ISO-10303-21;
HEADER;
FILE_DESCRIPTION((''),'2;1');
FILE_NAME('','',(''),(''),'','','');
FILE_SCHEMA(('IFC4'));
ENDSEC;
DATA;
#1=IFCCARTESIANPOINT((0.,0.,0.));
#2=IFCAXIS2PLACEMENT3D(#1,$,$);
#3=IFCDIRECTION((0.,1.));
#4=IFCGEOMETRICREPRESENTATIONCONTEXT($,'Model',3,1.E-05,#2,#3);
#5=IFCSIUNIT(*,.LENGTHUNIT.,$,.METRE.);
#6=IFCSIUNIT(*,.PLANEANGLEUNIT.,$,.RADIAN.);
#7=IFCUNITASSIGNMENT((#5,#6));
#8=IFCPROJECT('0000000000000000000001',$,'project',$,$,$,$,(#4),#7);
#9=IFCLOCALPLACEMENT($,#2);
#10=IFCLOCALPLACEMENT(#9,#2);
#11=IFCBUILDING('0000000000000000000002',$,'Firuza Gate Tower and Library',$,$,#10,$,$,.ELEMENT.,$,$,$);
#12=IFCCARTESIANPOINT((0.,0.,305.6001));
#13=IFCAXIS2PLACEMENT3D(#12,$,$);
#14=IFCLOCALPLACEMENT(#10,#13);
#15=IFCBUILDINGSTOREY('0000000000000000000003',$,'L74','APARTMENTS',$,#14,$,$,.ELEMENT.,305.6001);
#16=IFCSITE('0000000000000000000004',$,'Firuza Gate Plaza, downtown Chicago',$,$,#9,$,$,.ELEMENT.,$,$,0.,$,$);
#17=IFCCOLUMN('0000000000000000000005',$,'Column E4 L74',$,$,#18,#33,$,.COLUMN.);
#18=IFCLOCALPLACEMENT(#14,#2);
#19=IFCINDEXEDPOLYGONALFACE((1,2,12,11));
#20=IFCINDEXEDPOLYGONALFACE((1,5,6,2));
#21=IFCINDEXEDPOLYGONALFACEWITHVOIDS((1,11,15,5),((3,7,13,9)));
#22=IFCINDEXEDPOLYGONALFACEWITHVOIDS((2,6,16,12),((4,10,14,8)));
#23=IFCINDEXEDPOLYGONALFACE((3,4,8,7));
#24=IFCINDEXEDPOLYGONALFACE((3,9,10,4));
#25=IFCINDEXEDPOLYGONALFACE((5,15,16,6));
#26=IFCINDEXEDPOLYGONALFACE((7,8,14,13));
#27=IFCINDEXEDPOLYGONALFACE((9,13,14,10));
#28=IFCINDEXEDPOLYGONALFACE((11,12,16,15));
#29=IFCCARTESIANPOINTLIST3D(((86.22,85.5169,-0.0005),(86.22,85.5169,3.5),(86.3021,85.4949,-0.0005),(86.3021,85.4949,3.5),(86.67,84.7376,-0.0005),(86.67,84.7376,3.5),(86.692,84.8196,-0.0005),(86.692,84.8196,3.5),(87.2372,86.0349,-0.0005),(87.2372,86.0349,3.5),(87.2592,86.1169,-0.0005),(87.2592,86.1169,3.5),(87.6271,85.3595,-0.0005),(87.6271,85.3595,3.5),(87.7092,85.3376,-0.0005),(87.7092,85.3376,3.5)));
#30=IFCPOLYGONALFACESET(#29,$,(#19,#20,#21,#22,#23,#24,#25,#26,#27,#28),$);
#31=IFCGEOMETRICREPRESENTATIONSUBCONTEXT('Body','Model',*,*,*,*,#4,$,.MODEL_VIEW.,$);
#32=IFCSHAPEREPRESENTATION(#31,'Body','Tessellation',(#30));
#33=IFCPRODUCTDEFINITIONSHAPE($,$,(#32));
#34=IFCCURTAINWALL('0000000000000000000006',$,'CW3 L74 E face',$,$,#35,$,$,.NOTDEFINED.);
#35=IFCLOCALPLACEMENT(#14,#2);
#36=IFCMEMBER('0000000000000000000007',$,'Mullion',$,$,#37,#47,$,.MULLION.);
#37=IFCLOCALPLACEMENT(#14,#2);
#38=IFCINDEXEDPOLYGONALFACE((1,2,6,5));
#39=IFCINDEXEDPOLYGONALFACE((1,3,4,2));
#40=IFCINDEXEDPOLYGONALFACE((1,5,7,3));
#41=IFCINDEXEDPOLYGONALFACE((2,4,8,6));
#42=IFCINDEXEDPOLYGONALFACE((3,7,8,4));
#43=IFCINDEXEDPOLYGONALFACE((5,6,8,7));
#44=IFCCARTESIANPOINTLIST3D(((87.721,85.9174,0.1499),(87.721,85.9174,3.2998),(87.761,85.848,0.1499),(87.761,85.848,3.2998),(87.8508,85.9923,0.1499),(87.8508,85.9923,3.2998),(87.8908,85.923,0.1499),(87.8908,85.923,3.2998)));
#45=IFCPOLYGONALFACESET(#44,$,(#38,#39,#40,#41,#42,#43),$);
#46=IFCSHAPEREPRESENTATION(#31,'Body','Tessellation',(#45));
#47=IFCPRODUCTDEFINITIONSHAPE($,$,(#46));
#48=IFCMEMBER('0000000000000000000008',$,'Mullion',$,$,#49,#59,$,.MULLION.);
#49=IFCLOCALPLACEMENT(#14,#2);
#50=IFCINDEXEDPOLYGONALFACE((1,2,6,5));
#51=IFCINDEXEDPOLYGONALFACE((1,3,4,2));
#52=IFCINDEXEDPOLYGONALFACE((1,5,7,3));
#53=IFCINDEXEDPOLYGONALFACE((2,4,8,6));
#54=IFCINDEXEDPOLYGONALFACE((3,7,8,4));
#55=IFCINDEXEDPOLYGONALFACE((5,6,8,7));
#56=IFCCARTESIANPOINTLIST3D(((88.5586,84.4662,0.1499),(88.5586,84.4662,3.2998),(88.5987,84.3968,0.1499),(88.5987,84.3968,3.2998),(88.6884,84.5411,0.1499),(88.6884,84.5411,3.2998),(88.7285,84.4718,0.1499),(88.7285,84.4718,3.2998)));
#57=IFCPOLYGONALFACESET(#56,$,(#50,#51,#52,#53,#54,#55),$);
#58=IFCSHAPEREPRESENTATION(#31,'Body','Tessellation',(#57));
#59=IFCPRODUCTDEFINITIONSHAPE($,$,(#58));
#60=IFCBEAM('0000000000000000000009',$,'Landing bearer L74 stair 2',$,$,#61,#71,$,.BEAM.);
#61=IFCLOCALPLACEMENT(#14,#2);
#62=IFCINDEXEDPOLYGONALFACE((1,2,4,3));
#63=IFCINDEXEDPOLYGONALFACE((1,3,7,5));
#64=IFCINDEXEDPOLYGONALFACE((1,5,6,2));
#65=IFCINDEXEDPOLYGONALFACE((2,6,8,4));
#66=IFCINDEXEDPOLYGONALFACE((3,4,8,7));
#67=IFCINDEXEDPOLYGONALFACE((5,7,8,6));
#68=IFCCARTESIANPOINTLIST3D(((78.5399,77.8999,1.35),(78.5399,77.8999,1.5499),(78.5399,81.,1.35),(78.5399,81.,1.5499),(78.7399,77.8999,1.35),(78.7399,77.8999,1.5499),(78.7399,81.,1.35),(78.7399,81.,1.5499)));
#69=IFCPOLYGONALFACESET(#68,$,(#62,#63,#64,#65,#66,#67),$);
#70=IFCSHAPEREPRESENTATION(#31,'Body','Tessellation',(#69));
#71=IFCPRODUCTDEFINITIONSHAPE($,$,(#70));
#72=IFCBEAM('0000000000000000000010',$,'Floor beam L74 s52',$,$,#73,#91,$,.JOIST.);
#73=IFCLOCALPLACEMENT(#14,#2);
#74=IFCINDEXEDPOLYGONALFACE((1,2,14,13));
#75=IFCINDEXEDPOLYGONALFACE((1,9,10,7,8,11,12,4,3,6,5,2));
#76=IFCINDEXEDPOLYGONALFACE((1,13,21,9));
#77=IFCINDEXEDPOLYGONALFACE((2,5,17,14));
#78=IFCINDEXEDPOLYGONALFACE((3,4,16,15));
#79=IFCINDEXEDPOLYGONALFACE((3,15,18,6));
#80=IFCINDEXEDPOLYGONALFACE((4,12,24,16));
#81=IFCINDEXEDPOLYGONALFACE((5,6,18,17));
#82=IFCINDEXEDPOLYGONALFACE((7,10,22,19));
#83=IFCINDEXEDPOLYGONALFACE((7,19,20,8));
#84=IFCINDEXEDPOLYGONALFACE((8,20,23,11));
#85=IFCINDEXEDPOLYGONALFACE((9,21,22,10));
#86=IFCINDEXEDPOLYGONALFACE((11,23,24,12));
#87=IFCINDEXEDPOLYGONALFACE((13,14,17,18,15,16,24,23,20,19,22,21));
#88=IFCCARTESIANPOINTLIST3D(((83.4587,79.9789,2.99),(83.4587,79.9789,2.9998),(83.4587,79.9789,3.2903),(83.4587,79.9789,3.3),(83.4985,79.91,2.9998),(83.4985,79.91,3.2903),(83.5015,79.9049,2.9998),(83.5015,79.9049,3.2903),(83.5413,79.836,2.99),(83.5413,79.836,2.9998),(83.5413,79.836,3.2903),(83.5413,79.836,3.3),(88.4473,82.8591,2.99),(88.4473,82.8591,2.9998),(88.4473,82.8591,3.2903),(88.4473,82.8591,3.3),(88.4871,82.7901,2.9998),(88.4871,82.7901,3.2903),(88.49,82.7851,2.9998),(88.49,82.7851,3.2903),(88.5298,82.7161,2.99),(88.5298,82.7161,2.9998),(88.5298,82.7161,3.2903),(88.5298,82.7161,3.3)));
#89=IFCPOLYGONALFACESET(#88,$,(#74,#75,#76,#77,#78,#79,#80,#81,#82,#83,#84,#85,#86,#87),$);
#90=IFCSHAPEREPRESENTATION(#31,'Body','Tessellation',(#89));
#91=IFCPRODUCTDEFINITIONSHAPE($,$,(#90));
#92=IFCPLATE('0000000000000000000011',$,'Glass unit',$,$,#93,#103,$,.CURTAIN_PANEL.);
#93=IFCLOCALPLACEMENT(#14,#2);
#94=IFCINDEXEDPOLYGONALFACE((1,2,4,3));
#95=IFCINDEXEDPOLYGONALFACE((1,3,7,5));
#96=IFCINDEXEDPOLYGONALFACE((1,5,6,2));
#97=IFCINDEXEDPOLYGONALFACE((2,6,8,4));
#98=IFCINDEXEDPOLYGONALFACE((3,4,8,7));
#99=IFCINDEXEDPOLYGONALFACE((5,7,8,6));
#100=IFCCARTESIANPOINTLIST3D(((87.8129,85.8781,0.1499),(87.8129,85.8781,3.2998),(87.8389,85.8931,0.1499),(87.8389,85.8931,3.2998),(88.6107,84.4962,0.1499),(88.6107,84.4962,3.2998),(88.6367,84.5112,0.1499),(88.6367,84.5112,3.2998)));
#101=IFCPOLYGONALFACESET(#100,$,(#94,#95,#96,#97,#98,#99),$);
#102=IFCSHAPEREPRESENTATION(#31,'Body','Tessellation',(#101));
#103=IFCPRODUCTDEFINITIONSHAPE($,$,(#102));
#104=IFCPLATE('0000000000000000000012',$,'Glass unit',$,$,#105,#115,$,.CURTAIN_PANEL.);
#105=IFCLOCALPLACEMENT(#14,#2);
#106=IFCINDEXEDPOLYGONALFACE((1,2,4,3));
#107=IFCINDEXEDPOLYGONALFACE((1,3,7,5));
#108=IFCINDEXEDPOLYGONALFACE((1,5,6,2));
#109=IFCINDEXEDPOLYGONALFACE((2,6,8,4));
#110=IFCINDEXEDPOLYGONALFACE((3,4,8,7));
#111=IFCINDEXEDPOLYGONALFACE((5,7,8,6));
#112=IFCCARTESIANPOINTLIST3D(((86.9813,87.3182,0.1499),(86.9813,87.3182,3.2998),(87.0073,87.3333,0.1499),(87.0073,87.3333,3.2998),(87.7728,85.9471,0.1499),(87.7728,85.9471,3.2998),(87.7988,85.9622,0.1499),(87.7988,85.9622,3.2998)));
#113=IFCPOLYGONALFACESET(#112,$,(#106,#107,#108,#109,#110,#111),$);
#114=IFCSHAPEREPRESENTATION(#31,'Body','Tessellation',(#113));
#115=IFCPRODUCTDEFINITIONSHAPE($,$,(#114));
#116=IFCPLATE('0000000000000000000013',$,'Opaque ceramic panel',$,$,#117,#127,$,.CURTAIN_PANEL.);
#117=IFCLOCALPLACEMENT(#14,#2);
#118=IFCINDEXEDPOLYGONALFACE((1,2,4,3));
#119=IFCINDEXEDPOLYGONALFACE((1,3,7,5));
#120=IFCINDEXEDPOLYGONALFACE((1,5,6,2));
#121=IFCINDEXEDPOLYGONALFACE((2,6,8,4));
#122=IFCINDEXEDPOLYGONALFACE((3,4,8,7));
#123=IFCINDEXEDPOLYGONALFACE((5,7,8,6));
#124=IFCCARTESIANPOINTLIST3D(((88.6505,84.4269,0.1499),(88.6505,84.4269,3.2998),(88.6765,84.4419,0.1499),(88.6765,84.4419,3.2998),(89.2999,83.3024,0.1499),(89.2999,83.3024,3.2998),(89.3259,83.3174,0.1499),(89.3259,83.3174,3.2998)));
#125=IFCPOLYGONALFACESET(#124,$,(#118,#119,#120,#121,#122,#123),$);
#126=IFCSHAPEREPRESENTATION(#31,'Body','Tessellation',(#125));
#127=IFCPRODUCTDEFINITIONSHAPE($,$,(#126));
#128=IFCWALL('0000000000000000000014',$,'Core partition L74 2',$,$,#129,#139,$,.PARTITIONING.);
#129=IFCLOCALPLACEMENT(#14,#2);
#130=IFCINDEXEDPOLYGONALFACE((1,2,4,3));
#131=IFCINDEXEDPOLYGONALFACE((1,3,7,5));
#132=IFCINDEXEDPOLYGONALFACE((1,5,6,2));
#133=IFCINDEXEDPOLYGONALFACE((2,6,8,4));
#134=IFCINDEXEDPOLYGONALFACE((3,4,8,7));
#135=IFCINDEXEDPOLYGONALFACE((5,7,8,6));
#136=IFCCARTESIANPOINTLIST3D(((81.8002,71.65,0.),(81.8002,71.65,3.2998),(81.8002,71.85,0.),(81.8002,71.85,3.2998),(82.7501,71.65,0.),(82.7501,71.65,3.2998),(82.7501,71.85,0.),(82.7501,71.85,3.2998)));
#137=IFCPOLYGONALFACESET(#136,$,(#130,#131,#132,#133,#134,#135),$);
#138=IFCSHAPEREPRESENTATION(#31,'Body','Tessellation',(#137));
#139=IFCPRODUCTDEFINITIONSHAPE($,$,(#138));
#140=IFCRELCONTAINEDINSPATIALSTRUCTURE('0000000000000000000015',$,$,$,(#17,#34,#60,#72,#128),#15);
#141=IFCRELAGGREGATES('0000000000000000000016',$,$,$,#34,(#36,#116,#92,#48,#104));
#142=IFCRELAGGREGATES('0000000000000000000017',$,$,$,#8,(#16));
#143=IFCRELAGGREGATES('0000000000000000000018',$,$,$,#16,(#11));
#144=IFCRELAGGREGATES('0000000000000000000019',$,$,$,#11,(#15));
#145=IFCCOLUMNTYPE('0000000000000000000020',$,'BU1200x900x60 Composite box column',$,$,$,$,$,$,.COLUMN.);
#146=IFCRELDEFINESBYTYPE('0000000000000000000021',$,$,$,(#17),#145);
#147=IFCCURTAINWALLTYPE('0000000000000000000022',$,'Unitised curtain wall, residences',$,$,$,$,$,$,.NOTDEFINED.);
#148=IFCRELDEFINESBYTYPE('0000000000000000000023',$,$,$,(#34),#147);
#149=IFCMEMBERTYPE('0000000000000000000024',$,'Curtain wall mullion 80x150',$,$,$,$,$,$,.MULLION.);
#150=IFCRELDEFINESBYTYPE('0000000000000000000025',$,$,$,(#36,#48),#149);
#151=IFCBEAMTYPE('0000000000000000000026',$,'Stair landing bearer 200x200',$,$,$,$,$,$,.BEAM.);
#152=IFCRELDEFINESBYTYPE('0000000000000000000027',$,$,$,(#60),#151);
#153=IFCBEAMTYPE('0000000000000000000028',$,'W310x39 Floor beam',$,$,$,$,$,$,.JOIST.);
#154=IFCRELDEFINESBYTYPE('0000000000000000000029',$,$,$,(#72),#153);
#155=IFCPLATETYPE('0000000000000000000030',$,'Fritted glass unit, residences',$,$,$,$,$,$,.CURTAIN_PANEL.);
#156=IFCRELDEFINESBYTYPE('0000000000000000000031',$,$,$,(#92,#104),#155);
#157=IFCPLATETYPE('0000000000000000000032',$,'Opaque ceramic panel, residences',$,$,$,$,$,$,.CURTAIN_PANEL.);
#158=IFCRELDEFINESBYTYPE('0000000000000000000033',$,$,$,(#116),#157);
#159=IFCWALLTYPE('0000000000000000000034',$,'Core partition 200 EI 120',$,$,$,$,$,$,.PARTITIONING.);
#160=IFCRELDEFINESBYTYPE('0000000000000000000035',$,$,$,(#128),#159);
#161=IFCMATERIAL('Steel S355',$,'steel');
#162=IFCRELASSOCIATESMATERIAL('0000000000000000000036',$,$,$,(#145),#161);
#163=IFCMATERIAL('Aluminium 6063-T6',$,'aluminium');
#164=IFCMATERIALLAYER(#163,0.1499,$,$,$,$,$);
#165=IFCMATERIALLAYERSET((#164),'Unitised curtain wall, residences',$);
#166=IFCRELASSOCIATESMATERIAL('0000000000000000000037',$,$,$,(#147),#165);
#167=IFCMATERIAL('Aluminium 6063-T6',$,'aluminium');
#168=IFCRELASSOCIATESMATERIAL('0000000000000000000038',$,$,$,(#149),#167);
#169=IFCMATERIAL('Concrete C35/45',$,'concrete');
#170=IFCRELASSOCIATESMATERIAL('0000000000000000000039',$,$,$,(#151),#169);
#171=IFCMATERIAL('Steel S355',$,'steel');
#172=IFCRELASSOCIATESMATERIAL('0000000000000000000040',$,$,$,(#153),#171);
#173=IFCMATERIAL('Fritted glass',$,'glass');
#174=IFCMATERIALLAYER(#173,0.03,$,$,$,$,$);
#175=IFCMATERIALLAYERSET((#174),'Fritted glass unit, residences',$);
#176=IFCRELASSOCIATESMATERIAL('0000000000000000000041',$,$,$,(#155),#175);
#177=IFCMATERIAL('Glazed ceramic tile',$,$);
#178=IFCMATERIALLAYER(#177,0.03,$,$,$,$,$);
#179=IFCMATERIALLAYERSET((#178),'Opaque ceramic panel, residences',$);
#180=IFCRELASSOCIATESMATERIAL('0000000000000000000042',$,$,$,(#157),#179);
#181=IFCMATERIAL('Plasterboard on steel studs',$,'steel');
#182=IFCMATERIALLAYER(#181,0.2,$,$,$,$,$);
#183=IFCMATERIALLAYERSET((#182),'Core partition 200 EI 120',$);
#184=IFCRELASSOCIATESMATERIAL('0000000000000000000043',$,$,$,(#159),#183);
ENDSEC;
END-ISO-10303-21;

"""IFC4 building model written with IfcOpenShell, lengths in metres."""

from ifc_helpers import new_model, si_unit, direction, frame, frame_2d, origin, origin_2d, place, context, subcontext, project, spatial, polyline, rectangle, hollow_rectangle, i_section, outline, extrude, material, layer, layer_set, material_profile, profile_set, type_object, element, aggregate, save


model = new_model("IFC4")

# Units and contexts
model_context = context("Model", 3, precision=1e-05, world=origin(), true_north=direction((0.0, 1.0)))
body_context = subcontext(model_context, "Body", "Model", "MODEL_VIEW")
ifc_project = project(units=[si_unit("LENGTHUNIT", "METRE"), si_unit("PLANEANGLEUNIT", "RADIAN")], contexts=[model_context])

# Site, building, storey
site_placement = place(None, origin())
site = spatial("IfcSite", under=ifc_project, at=site_placement, Name="Firuza Gate Plaza, downtown Chicago", CompositionType="ELEMENT", RefElevation=0.0)
building_placement = place(site_placement, origin())
building = spatial("IfcBuilding", under=site, at=building_placement, Name="Firuza Gate Tower and Library", CompositionType="ELEMENT")
storey_placement = place(building_placement, frame((0.0, 0.0, 305.6001)))
storey = spatial("IfcBuildingStorey", under=building, at=storey_placement, Name="L74", Description="APARTMENTS", CompositionType="ELEMENT", Elevation=305.6001)

# Column
ifc_material_1 = material(Name="Steel S355", Category="steel")
ifc_material_profile_1 = material_profile(ifc_material_1, hollow_rectangle(XDim=0.8999, YDim=1.2, WallThickness=0.0601, at=origin_2d()))
ifc_profile_set_1 = profile_set([ifc_material_profile_1], Name="Steel S355")
column_type = type_object("IfcColumnType", Name="BU1200x900x60 Composite box column", PredefinedType="COLUMN", material=ifc_profile_set_1)
column_placement = place(storey_placement, frame((86.9646, 85.4272, -0.0005), z_axis=(0.0, 0.0, 1.0), x_axis=(-0.5, 0.866025, 0.0)))
element("IfcColumn", 1, at=column_placement, inside=storey, type_object=column_type, Name="Column E4 L74", PredefinedType="COLUMN", context=body_context, shape_type="SweptSolid", body=[
    extrude(hollow_rectangle(XDim=0.8999, YDim=1.2, WallThickness=0.0601, at=origin_2d()), origin(), (0.0, 0.0, 1.0), 3.5005),
])

# Curtain wall, members
ifc_material_2 = material(Name="Aluminium 6063-T6", Category="aluminium")
ifc_layer_1 = layer(ifc_material_2, 0.1499)
ifc_layer_set_1 = layer_set([ifc_layer_1], Name="Unitised curtain wall, residences")
curtain_wall_type = type_object("IfcCurtainWallType", Name="Unitised curtain wall, residences", PredefinedType="NOTDEFINED", material=ifc_layer_set_1)
placement = place(storey_placement, origin())
curtain_wall = element("IfcCurtainWall", 2, at=placement, inside=storey, type_object=curtain_wall_type, Name="CW3 L74 E face", PredefinedType="NOTDEFINED")
ifc_material_3 = material(Name="Aluminium 6063-T6", Category="aluminium")
ifc_material_profile_2 = material_profile(ifc_material_3, rectangle(XDim=0.1499, YDim=0.0801, at=origin_2d()))
ifc_profile_set_2 = profile_set([ifc_material_profile_2], Name="Aluminium 6063-T6")
member_type = type_object("IfcMemberType", Name="Curtain wall mullion 80x150", PredefinedType="MULLION", material=ifc_profile_set_2)
member_1_placement = place(storey_placement, frame((87.8059, 85.9202, 0.1499), z_axis=(0.0, 0.0, 1.0), x_axis=(-0.866025, -0.5, 0.0)))
member_1 = element("IfcMember", 3, at=member_1_placement, type_object=member_type, Name="Mullion", PredefinedType="MULLION", context=body_context, shape_type="SweptSolid", body=[
    extrude(rectangle(XDim=0.1499, YDim=0.0801, at=origin_2d()), origin(), (0.0, 0.0, 1.0), 3.1499),
])
member_2_placement = place(storey_placement, frame((88.6436, 84.469, 0.1499), z_axis=(0.0, 0.0, 1.0), x_axis=(-0.866025, -0.5, 0.0)))
member_2 = element("IfcMember", 4, at=member_2_placement, type_object=member_type, Name="Mullion", PredefinedType="MULLION", context=body_context, shape_type="SweptSolid", body=[
    extrude(rectangle(XDim=0.1499, YDim=0.0801, at=origin_2d()), origin(), (0.0, 0.0, 1.0), 3.1499),
])

# Beams
ifc_material_4 = material(Name="Concrete C35/45", Category="concrete")
ifc_material_profile_3 = material_profile(ifc_material_4, rectangle(XDim=0.2, YDim=0.2, at=origin_2d()))
ifc_profile_set_3 = profile_set([ifc_material_profile_3], Name="Concrete C35/45")
beam_type_1 = type_object("IfcBeamType", Name="Stair landing bearer 200x200", PredefinedType="BEAM", material=ifc_profile_set_3)
beam_1_placement = place(storey_placement, frame((78.6399, 81.0, 1.45), z_axis=(0.0, -1.0, 0.0), x_axis=(1.0, 0.0, 0.0)))
element("IfcBeam", 5, at=beam_1_placement, inside=storey, type_object=beam_type_1, Name="Landing bearer L74 stair 2", PredefinedType="BEAM", context=body_context, shape_type="SweptSolid", body=[
    extrude(rectangle(XDim=0.2, YDim=0.2, at=origin_2d()), origin(), (0.0, 0.0, 1.0), 3.1001),
])
ifc_material_5 = material(Name="Steel S355", Category="steel")
ifc_material_profile_4 = material_profile(ifc_material_5, i_section(OverallWidth=0.165, OverallDepth=0.3101, WebThickness=0.0059, FlangeThickness=0.0098, at=origin_2d()))
ifc_profile_set_4 = profile_set([ifc_material_profile_4], Name="Steel S355")
beam_type_2 = type_object("IfcBeamType", Name="W310x39 Floor beam", PredefinedType="JOIST", material=ifc_profile_set_4)
beam_2_placement = place(storey_placement, frame((88.4885, 82.7876, 3.145), z_axis=(-0.866025, -0.5, 0.0), x_axis=(0.5, -0.866025, 0.0)))
element("IfcBeam", 6, at=beam_2_placement, inside=storey, type_object=beam_type_2, Name="Floor beam L74 s52", PredefinedType="JOIST", context=body_context, shape_type="SweptSolid", body=[
    extrude(i_section(OverallWidth=0.165, OverallDepth=0.3101, WebThickness=0.0059, FlangeThickness=0.0098, at=origin_2d()), origin(), (0.0, 0.0, 1.0), 5.7603),
])

# Plates
ifc_material_6 = material(Name="Fritted glass", Category="glass")
ifc_layer_2 = layer(ifc_material_6, 0.03)
ifc_layer_set_2 = layer_set([ifc_layer_2], Name="Fritted glass unit, residences")
plate_type_1 = type_object("IfcPlateType", Name="Fritted glass unit, residences", PredefinedType="CURTAIN_PANEL", material=ifc_layer_set_2)
plate_1_placement = place(storey_placement, frame((88.6367, 84.5112, 0.1499), z_axis=(0.866012, 0.500023, 0.0), x_axis=(-0.500023, 0.866012, 0.0)))
plate_1 = element("IfcPlate", 7, at=plate_1_placement, type_object=plate_type_1, Name="Glass unit", PredefinedType="CURTAIN_PANEL", context=body_context, shape_type="SweptSolid", body=[
    extrude(outline(polyline([(0.0, 0.0), (1.5956, 0.0), (1.5956, 3.1499), (0.0, 3.1499), (0.0, 0.0)])), origin(), (0.0, 0.0, -1.0), 0.03),
])
plate_2_placement = place(storey_placement, frame((87.7988, 85.9622, 0.1499), z_axis=(0.866052, 0.499954, 0.0), x_axis=(-0.499954, 0.866052, 0.0)))
plate_2 = element("IfcPlate", 8, at=plate_2_placement, type_object=plate_type_1, Name="Glass unit", PredefinedType="CURTAIN_PANEL", context=body_context, shape_type="SweptSolid", body=[
    extrude(outline(polyline([(0.0, 0.0), (1.5832, 0.0), (1.5832, 3.1499), (0.0, 3.1499), (0.0, 0.0)])), origin(), (0.0, 0.0, -1.0), 0.03),
])
ifc_material_7 = material(Name="Glazed ceramic tile")
ifc_layer_3 = layer(ifc_material_7, 0.03)
ifc_layer_set_3 = layer_set([ifc_layer_3], Name="Opaque ceramic panel, residences")
plate_type_2 = type_object("IfcPlateType", Name="Opaque ceramic panel, residences", PredefinedType="CURTAIN_PANEL", material=ifc_layer_set_3)
plate_3_placement = place(storey_placement, frame((89.3259, 83.3174, 0.1499), z_axis=(0.865966, 0.500102, 0.0), x_axis=(-0.500102, 0.865966, 0.0)))
plate_3 = element("IfcPlate", 9, at=plate_3_placement, type_object=plate_type_2, Name="Opaque ceramic panel", PredefinedType="CURTAIN_PANEL", context=body_context, shape_type="SweptSolid", body=[
    extrude(outline(polyline([(0.0, 0.0), (1.2986, 0.0), (1.2986, 3.1499), (0.0, 3.1499), (0.0, 0.0)])), origin(), (0.0, 0.0, -1.0), 0.03),
])
aggregate(curtain_wall, [member_1, plate_3, plate_1, member_2, plate_2])

# Wall
ifc_material_8 = material(Name="Plasterboard on steel studs", Category="steel")
ifc_layer_4 = layer(ifc_material_8, 0.2)
ifc_layer_set_4 = layer_set([ifc_layer_4], Name="Core partition 200 EI 120")
wall_type_1 = type_object("IfcWallType", Name="Core partition 200 EI 120", PredefinedType="PARTITIONING", material=ifc_layer_set_4)
wall_1_placement = place(storey_placement, frame((81.8, 71.75, 0.0), z_axis=(0.0, 0.0, 1.0), x_axis=(1.0, 0.0, 0.0)))
element("IfcWall", 10, at=wall_1_placement, inside=storey, type_object=wall_type_1, Name="Core partition L74 2", PredefinedType="PARTITIONING", context=body_context, shape_type="SweptSolid", body=[
    extrude(rectangle(XDim=0.95, YDim=0.2, at=frame_2d((0.4751, 0.0))), origin(), (0.0, 0.0, 1.0), 3.2998),
])

save(model, "model.ifc")
